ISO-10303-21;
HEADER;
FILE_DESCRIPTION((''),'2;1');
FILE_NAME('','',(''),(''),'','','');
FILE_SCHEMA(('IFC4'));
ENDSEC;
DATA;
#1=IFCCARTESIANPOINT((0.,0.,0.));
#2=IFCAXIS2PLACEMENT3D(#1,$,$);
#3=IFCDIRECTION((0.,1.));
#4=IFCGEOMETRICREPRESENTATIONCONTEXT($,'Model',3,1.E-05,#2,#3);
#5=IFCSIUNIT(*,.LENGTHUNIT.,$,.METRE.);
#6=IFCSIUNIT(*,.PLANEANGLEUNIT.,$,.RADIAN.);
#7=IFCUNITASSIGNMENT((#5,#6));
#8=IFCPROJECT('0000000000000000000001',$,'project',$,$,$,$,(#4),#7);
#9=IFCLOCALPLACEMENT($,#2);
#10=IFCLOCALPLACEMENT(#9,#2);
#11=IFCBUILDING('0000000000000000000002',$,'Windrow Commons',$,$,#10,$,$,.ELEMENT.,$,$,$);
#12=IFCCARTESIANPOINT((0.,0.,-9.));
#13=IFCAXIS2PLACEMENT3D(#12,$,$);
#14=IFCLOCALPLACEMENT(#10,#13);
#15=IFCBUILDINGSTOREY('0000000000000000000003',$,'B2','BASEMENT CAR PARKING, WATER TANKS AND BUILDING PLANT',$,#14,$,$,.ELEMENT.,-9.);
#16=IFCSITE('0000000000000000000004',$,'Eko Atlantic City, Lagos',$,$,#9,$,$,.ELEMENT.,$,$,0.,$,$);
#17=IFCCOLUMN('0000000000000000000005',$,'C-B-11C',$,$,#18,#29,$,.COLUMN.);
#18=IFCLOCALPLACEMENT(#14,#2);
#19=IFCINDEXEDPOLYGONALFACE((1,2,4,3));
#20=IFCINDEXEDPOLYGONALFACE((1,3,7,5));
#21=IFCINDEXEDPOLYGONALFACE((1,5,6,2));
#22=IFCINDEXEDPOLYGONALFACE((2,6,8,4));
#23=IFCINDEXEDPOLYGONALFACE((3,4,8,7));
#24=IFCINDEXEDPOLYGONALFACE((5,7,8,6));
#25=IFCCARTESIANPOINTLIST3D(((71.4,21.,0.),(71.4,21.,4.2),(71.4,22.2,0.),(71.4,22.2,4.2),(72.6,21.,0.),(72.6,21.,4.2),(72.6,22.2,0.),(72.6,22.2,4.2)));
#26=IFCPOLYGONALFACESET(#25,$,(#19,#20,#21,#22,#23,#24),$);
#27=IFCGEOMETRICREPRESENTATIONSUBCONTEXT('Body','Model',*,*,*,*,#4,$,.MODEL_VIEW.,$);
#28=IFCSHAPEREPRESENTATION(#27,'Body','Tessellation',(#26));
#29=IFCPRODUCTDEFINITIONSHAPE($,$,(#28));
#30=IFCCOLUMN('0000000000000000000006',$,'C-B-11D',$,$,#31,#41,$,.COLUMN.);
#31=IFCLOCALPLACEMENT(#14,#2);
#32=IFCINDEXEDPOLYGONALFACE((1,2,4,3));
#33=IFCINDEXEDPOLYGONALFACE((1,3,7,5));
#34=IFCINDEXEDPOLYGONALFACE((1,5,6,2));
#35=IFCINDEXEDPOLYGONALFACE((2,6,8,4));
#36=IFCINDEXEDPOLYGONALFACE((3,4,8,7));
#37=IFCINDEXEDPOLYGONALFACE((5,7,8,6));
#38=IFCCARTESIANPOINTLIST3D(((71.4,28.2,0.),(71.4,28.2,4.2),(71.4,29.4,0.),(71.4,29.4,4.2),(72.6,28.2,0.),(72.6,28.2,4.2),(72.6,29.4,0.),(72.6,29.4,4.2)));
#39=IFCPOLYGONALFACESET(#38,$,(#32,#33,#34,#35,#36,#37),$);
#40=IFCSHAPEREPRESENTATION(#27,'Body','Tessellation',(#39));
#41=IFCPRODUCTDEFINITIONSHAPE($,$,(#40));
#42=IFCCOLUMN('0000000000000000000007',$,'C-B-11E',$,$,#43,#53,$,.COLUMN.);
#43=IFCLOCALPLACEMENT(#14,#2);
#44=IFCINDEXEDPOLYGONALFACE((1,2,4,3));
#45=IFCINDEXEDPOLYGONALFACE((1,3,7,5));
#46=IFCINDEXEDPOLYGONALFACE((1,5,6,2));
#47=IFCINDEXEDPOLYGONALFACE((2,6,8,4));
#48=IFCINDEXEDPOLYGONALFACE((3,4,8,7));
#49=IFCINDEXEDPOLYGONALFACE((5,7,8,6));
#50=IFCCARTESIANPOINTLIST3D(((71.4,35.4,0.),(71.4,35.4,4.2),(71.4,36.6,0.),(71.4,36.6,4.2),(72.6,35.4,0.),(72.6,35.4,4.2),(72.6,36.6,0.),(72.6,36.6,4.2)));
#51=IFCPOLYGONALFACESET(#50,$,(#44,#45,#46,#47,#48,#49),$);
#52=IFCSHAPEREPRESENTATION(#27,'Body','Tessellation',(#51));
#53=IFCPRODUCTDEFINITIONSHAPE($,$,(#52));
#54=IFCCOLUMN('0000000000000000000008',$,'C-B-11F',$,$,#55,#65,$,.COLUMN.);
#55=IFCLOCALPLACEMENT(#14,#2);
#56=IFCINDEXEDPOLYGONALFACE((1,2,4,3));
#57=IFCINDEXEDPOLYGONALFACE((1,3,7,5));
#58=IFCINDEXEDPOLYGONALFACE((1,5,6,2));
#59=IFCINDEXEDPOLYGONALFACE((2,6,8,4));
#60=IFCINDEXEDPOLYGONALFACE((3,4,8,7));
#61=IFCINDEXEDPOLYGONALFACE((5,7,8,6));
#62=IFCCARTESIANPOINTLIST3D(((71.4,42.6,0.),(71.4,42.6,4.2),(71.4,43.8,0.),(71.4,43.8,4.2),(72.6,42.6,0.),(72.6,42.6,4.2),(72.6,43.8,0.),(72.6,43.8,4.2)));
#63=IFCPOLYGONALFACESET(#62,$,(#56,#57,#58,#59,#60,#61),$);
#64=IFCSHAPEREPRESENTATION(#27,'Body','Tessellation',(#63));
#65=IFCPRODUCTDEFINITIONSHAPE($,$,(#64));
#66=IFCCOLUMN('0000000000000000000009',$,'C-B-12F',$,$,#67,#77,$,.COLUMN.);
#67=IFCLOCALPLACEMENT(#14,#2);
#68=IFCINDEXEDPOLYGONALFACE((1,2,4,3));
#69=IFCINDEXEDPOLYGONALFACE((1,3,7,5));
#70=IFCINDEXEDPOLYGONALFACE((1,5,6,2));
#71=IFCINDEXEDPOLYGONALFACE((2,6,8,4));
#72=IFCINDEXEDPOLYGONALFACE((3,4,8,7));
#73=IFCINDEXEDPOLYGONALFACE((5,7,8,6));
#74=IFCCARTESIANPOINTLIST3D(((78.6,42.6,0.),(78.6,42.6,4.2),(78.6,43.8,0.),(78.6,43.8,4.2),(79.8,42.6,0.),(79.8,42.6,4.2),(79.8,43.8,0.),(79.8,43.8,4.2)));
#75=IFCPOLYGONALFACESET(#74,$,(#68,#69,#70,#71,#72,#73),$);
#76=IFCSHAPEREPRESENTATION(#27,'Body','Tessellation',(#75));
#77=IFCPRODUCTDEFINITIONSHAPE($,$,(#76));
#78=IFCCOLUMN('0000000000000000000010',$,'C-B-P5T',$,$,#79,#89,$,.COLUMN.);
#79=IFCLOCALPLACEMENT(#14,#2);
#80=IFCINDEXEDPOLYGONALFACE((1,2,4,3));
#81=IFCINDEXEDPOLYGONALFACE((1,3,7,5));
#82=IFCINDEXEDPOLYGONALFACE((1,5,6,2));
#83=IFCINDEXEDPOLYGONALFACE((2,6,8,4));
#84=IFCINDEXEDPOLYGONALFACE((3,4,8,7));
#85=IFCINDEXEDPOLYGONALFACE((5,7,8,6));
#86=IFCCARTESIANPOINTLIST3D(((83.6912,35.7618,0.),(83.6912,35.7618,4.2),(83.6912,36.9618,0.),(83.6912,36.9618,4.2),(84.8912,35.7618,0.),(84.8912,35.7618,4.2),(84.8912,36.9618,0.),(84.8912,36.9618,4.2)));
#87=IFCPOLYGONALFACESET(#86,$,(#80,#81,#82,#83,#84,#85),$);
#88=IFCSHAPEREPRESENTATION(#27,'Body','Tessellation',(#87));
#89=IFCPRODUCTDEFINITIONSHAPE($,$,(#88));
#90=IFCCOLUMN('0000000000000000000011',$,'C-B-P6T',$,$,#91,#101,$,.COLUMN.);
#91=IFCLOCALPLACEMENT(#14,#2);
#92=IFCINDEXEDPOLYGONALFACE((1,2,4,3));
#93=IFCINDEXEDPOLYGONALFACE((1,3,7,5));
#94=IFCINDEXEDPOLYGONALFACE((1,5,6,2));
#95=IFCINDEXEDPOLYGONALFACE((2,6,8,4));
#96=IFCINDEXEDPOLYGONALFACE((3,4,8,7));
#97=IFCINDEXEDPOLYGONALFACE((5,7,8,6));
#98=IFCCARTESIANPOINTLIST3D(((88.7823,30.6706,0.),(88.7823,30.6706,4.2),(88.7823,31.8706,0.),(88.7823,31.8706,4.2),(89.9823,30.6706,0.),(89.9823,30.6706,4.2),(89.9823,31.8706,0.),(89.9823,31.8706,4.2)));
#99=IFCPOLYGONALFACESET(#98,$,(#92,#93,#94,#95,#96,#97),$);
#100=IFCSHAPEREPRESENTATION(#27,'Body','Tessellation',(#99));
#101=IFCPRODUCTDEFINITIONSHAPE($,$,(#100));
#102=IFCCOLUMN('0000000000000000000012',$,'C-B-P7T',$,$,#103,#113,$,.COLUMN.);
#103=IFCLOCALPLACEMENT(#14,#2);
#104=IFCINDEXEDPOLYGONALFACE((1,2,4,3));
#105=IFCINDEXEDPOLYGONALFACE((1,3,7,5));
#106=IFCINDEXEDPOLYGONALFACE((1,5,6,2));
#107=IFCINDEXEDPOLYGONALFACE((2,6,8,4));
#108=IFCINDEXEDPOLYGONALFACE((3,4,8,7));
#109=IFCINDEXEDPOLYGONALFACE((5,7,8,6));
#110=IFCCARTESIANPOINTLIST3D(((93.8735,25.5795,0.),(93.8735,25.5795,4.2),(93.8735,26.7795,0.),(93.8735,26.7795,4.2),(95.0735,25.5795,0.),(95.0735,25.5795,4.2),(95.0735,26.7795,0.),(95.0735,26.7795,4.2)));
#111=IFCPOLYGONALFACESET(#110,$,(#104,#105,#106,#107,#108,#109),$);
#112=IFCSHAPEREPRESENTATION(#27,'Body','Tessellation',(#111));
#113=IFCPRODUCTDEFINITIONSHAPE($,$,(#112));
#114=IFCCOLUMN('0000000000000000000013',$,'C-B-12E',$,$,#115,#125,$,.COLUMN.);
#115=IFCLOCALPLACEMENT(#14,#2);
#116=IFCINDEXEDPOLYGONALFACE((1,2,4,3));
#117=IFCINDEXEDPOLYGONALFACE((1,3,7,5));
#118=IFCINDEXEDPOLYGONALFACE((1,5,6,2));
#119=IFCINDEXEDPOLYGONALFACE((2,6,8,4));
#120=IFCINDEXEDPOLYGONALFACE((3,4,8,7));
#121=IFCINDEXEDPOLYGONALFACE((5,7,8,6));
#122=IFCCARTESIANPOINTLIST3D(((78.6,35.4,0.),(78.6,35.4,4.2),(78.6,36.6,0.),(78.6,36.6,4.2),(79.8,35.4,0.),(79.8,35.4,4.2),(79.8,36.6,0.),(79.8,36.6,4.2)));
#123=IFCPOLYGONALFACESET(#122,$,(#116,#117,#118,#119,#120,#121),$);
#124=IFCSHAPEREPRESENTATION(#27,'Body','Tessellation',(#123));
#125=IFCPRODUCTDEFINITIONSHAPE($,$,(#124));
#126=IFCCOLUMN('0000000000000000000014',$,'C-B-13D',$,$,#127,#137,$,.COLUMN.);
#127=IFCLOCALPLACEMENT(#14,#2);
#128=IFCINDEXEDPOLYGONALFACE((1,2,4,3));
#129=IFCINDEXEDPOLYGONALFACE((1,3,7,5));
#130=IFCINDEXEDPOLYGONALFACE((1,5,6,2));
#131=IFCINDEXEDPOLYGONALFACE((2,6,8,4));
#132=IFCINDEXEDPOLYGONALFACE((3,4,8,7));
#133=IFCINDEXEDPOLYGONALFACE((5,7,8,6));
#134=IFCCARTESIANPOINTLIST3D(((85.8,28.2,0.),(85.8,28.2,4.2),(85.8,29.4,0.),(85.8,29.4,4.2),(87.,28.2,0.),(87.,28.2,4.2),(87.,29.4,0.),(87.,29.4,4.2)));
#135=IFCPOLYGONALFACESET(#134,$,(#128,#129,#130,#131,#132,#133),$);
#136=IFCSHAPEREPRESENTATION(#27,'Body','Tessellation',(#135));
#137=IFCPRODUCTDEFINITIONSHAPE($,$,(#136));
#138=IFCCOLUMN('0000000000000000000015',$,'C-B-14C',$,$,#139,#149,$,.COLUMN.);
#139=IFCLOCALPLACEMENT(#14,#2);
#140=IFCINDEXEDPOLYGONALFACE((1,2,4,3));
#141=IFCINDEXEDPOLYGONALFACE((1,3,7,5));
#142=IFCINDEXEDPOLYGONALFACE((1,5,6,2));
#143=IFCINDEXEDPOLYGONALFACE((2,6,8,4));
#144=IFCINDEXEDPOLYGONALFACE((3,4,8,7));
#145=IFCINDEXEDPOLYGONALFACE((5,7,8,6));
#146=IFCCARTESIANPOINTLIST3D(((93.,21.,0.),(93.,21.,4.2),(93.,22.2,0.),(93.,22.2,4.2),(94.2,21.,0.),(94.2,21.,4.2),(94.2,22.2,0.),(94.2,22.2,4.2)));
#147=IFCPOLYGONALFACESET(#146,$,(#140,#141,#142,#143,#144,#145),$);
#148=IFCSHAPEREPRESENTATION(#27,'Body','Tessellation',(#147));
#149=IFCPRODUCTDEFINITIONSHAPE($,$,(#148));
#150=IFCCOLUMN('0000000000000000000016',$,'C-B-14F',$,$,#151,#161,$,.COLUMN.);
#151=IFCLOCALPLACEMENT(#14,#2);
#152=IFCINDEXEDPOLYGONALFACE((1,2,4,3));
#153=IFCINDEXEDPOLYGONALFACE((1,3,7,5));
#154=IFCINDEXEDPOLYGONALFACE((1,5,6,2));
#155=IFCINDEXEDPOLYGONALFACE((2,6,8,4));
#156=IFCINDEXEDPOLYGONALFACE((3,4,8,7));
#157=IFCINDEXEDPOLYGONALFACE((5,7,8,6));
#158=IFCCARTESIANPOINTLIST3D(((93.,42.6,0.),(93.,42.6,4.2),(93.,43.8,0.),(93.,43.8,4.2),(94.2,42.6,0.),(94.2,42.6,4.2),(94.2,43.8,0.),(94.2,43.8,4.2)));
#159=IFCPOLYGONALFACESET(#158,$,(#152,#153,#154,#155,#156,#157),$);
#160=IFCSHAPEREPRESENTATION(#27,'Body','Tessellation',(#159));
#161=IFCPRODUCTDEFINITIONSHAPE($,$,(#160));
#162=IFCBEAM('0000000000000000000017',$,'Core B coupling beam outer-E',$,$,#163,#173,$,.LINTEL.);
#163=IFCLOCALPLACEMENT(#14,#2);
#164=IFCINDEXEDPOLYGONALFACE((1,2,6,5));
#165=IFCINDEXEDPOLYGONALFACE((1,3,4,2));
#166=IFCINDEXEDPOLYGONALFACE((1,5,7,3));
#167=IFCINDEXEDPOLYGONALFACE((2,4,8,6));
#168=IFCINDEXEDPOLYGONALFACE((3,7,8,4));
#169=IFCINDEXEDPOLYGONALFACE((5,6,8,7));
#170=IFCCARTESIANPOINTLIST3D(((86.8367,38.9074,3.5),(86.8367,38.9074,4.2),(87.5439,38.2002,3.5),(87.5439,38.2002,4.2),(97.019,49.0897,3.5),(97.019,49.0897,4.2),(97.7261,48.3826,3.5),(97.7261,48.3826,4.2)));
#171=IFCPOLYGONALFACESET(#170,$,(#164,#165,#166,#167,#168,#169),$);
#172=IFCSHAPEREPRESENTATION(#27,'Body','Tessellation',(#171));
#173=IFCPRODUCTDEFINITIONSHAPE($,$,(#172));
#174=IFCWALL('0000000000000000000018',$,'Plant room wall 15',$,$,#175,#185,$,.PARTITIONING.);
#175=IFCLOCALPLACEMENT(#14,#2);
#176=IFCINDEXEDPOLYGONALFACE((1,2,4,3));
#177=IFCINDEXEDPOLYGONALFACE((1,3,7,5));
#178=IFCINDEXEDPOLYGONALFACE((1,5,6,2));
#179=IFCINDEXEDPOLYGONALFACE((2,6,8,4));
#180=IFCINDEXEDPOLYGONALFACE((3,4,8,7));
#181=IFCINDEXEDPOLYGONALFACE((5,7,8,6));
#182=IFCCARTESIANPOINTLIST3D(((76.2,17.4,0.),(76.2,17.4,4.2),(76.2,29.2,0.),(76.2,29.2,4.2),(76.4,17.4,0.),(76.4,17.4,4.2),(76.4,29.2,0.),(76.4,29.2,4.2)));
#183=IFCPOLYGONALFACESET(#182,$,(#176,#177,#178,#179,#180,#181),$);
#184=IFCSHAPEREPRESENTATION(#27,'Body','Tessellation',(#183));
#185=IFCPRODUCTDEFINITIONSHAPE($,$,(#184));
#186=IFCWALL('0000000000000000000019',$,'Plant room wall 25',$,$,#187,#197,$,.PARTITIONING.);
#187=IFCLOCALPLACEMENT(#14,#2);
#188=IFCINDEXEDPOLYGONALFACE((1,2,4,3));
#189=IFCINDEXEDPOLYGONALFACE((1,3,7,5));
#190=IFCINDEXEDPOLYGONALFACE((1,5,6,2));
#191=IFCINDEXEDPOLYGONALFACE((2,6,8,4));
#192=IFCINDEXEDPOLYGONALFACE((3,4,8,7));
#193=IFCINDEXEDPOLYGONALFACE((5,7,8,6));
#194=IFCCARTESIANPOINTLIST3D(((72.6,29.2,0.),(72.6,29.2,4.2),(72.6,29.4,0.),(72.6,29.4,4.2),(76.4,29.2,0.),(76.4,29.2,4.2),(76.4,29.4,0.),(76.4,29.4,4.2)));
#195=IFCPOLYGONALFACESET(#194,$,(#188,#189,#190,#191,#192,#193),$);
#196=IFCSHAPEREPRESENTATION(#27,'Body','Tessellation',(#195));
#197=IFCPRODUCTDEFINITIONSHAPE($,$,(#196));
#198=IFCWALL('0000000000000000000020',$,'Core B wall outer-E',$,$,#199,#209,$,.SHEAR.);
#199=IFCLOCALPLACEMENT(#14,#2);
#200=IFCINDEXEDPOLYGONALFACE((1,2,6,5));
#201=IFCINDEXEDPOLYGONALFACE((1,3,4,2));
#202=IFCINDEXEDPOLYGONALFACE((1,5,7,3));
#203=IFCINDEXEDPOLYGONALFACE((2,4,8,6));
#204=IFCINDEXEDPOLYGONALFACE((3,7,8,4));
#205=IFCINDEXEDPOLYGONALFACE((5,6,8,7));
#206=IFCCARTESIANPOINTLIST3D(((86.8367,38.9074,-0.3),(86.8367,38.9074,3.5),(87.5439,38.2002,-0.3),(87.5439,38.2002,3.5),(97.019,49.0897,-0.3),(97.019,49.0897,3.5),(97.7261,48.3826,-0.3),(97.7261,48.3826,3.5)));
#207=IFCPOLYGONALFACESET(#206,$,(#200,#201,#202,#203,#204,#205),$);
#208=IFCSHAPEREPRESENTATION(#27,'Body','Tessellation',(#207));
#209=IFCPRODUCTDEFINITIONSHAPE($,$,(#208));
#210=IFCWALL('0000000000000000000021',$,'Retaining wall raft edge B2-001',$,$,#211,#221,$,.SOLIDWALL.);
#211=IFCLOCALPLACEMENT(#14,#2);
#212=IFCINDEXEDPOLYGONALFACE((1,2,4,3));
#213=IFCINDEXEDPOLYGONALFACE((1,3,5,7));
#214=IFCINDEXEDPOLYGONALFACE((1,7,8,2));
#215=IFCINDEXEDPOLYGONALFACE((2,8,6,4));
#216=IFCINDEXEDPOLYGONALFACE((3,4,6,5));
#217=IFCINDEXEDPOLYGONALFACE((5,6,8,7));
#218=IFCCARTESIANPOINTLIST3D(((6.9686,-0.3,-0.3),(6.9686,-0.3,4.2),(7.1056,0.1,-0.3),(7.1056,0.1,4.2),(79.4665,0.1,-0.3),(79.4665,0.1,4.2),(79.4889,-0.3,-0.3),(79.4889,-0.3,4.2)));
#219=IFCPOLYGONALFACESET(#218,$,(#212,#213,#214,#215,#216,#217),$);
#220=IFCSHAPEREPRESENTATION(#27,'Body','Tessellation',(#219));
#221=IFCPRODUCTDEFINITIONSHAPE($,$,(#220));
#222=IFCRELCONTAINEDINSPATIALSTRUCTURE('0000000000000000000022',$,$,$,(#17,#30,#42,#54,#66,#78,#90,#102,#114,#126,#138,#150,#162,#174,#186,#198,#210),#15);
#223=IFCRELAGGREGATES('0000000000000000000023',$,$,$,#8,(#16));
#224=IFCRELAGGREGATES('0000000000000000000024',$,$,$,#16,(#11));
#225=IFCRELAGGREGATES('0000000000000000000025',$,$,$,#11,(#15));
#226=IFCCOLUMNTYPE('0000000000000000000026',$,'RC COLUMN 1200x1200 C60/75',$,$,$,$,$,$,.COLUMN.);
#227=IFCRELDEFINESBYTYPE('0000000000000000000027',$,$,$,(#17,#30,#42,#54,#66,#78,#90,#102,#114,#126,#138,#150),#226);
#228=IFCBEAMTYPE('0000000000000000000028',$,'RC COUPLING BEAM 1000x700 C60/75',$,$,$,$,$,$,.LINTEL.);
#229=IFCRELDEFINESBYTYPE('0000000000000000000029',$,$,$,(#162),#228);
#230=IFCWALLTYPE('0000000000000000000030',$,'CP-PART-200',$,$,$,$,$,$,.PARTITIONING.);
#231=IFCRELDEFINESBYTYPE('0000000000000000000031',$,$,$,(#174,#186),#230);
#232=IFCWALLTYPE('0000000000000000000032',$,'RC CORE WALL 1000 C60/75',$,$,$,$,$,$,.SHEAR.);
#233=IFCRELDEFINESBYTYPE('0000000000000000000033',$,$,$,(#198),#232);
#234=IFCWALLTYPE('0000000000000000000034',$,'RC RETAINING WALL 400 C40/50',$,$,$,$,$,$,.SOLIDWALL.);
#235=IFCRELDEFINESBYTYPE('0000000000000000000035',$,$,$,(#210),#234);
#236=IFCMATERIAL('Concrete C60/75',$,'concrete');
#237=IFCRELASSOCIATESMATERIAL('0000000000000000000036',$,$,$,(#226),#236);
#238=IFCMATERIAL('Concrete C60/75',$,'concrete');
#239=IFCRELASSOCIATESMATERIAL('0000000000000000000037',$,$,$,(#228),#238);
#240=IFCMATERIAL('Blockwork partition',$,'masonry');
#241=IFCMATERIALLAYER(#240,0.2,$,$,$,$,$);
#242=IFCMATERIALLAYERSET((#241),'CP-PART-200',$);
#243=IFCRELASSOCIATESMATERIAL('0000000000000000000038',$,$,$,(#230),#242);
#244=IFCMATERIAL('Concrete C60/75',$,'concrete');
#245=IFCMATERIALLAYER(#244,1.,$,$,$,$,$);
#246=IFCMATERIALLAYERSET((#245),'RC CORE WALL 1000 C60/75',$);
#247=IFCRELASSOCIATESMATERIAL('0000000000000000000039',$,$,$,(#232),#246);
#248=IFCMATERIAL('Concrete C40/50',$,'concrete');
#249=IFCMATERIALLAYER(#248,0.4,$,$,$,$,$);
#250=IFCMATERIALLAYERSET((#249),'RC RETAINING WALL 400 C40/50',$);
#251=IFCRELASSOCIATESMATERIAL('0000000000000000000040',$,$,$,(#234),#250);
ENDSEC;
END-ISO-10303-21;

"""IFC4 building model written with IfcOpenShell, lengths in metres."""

from ifc_helpers import new_model, si_unit, direction, frame, frame_2d, origin, origin_2d, place, context, subcontext, project, spatial, polyline, rectangle, outline, extrude, material, layer, layer_set, material_profile, profile_set, type_object, element, save


model = new_model("IFC4")

# Units and contexts
model_context = context("Model", 3, precision=1e-05, world=origin(), true_north=direction((0.0, 1.0)))
body_context = subcontext(model_context, "Body", "Model", "MODEL_VIEW")
ifc_project = project(units=[si_unit("LENGTHUNIT", "METRE"), si_unit("PLANEANGLEUNIT", "RADIAN")], contexts=[model_context])

# Site, building, storey
site_placement = place(None, origin())
site = spatial("IfcSite", under=ifc_project, at=site_placement, Name="Eko Atlantic City, Lagos", CompositionType="ELEMENT", RefElevation=0.0)
building_placement = place(site_placement, origin())
building = spatial("IfcBuilding", under=site, at=building_placement, Name="Windrow Commons", CompositionType="ELEMENT")
storey_placement = place(building_placement, frame((0.0, 0.0, -9.0)))
storey = spatial("IfcBuildingStorey", under=building, at=storey_placement, Name="B2", Description="BASEMENT CAR PARKING, WATER TANKS AND BUILDING PLANT", CompositionType="ELEMENT", Elevation=-9.0)

# Columns
ifc_material_1 = material(Name="Concrete C60/75", Category="concrete")
ifc_material_profile_1 = material_profile(ifc_material_1, rectangle(XDim=1.2, YDim=1.2, at=origin_2d()))
ifc_profile_set_1 = profile_set([ifc_material_profile_1], Name="Concrete C60/75")
column_type = type_object("IfcColumnType", Name="RC COLUMN 1200x1200 C60/75", PredefinedType="COLUMN", material=ifc_profile_set_1)
for number, where, z_axis, x_axis, name in (
    (1, (72.0, 21.6, 0.0), (0.0, 0.0, 1.0), (1.0, 0.0, 0.0), "C-B-11C"),
    (2, (72.0, 28.8, 0.0), (0.0, 0.0, 1.0), (1.0, 0.0, 0.0), "C-B-11D"),
    (3, (72.0, 36.0, 0.0), (0.0, 0.0, 1.0), (1.0, 0.0, 0.0), "C-B-11E"),
    (4, (72.0, 43.2, 0.0), (0.0, 0.0, 1.0), (1.0, 0.0, 0.0), "C-B-11F"),
    (5, (79.2, 43.2, 0.0), (0.0, 0.0, 1.0), (1.0, 0.0, 0.0), "C-B-12F"),
    (6, (84.2912, 36.3618, 0.0), (0.0, 0.0, 1.0), (1.0, 0.0, 0.0), "C-B-P5T"),
    (7, (89.3823, 31.2706, 0.0), (0.0, 0.0, 1.0), (1.0, 0.0, 0.0), "C-B-P6T"),
    (8, (94.4735, 26.1795, 0.0), (0.0, 0.0, 1.0), (1.0, 0.0, 0.0), "C-B-P7T"),
    (9, (79.2, 36.0, 0.0), (0.0, 0.0, 1.0), (1.0, 0.0, 0.0), "C-B-12E"),
    (10, (86.4, 28.8, 0.0), (0.0, 0.0, 1.0), (1.0, 0.0, 0.0), "C-B-13D"),
    (11, (93.6, 21.6, 0.0), (0.0, 0.0, 1.0), (1.0, 0.0, 0.0), "C-B-14C"),
    (12, (93.6, 43.2, 0.0), (0.0, 0.0, 1.0), (1.0, 0.0, 0.0), "C-B-14F"),
):
    element("IfcColumn", number, at=place(storey_placement, frame(where, z_axis=z_axis, x_axis=x_axis)), inside=storey, type_object=column_type, Name=name, PredefinedType="COLUMN", context=body_context, shape_type="SweptSolid", body=[
        extrude(rectangle(XDim=1.2, YDim=1.2, at=origin_2d()), origin(), (0.0, 0.0, 1.0), 4.2),
    ])

# Beam
ifc_material_2 = material(Name="Concrete C60/75", Category="concrete")
ifc_material_profile_2 = material_profile(ifc_material_2, rectangle(XDim=1.0, YDim=0.7, at=origin_2d()))
ifc_profile_set_2 = profile_set([ifc_material_profile_2], Name="Concrete C60/75")
beam_type = type_object("IfcBeamType", Name="RC COUPLING BEAM 1000x700 C60/75", PredefinedType="LINTEL", material=ifc_profile_set_2)
beam_placement = place(storey_placement, frame((87.1903, 38.5538, 3.85), z_axis=(0.707103, 0.70711, 0.0), x_axis=(-0.70711, 0.707103, 0.0)))
element("IfcBeam", 13, at=beam_placement, inside=storey, type_object=beam_type, Name="Core B coupling beam outer-E", PredefinedType="LINTEL", context=body_context, shape_type="SweptSolid", body=[
    extrude(rectangle(XDim=1.0, YDim=0.7, at=origin_2d()), origin(), (0.0, 0.0, 1.0), 14.4),
])

# Walls
ifc_material_3 = material(Name="Blockwork partition", Category="masonry")
ifc_layer_1 = layer(ifc_material_3, 0.2)
ifc_layer_set_1 = layer_set([ifc_layer_1], Name="CP-PART-200")
wall_type_1 = type_object("IfcWallType", Name="CP-PART-200", PredefinedType="PARTITIONING", material=ifc_layer_set_1)
wall_1_placement = place(storey_placement, frame((76.3, 17.4, 0.0), z_axis=(0.0, 0.0, 1.0), x_axis=(0.0, 1.0, 0.0)))
element("IfcWall", 14, at=wall_1_placement, inside=storey, type_object=wall_type_1, Name="Plant room wall 15", PredefinedType="PARTITIONING", context=body_context, shape_type="SweptSolid", body=[
    extrude(rectangle(XDim=11.8, YDim=0.2, at=frame_2d((5.9, 0.0))), origin(), (0.0, 0.0, 1.0), 4.2),
])
wall_2_placement = place(storey_placement, frame((72.6, 29.3, 0.0), z_axis=(0.0, 0.0, 1.0), x_axis=(1.0, 0.0, 0.0)))
element("IfcWall", 15, at=wall_2_placement, inside=storey, type_object=wall_type_1, Name="Plant room wall 25", PredefinedType="PARTITIONING", context=body_context, shape_type="SweptSolid", body=[
    extrude(rectangle(XDim=3.8, YDim=0.2, at=frame_2d((1.9, 0.0))), origin(), (0.0, 0.0, 1.0), 4.2),
])
ifc_material_4 = material(Name="Concrete C60/75", Category="concrete")
ifc_layer_2 = layer(ifc_material_4, 1.0)
ifc_layer_set_2 = layer_set([ifc_layer_2], Name="RC CORE WALL 1000 C60/75")
wall_type_2 = type_object("IfcWallType", Name="RC CORE WALL 1000 C60/75", PredefinedType="SHEAR", material=ifc_layer_set_2)
wall_3_placement = place(storey_placement, frame((87.1903, 38.5538, -0.3), z_axis=(0.0, 0.0, 1.0), x_axis=(0.707103, 0.70711, 0.0)))
element("IfcWall", 16, at=wall_3_placement, inside=storey, type_object=wall_type_2, Name="Core B wall outer-E", PredefinedType="SHEAR", context=body_context, shape_type="SweptSolid", body=[
    extrude(rectangle(XDim=14.4, YDim=1.0, at=frame_2d((7.2, 0.0))), origin(), (0.0, 0.0, 1.0), 3.8),
])
ifc_material_5 = material(Name="Concrete C40/50", Category="concrete")
ifc_layer_3 = layer(ifc_material_5, 0.4)
ifc_layer_set_3 = layer_set([ifc_layer_3], Name="RC RETAINING WALL 400 C40/50")
wall_type_3 = type_object("IfcWallType", Name="RC RETAINING WALL 400 C40/50", PredefinedType="SOLIDWALL", material=ifc_layer_set_3)
wall_4_placement = place(storey_placement, frame((79.4777, -0.1, -0.3), z_axis=(0.0, 0.0, 1.0), x_axis=(-1.0, 0.0, 0.0)))
element("IfcWall", 17, at=wall_4_placement, inside=storey, type_object=wall_type_3, Name="Retaining wall raft edge B2-001", PredefinedType="SOLIDWALL", context=body_context, shape_type="SweptSolid", body=[
    extrude(outline(polyline([(0.0112, -0.2), (72.3721, -0.2), (72.5091, 0.2), (-0.0112, 0.2), (0.0112, -0.2)])), origin(), (0.0, 0.0, 1.0), 4.5),
])

save(model, "model.ifc")
